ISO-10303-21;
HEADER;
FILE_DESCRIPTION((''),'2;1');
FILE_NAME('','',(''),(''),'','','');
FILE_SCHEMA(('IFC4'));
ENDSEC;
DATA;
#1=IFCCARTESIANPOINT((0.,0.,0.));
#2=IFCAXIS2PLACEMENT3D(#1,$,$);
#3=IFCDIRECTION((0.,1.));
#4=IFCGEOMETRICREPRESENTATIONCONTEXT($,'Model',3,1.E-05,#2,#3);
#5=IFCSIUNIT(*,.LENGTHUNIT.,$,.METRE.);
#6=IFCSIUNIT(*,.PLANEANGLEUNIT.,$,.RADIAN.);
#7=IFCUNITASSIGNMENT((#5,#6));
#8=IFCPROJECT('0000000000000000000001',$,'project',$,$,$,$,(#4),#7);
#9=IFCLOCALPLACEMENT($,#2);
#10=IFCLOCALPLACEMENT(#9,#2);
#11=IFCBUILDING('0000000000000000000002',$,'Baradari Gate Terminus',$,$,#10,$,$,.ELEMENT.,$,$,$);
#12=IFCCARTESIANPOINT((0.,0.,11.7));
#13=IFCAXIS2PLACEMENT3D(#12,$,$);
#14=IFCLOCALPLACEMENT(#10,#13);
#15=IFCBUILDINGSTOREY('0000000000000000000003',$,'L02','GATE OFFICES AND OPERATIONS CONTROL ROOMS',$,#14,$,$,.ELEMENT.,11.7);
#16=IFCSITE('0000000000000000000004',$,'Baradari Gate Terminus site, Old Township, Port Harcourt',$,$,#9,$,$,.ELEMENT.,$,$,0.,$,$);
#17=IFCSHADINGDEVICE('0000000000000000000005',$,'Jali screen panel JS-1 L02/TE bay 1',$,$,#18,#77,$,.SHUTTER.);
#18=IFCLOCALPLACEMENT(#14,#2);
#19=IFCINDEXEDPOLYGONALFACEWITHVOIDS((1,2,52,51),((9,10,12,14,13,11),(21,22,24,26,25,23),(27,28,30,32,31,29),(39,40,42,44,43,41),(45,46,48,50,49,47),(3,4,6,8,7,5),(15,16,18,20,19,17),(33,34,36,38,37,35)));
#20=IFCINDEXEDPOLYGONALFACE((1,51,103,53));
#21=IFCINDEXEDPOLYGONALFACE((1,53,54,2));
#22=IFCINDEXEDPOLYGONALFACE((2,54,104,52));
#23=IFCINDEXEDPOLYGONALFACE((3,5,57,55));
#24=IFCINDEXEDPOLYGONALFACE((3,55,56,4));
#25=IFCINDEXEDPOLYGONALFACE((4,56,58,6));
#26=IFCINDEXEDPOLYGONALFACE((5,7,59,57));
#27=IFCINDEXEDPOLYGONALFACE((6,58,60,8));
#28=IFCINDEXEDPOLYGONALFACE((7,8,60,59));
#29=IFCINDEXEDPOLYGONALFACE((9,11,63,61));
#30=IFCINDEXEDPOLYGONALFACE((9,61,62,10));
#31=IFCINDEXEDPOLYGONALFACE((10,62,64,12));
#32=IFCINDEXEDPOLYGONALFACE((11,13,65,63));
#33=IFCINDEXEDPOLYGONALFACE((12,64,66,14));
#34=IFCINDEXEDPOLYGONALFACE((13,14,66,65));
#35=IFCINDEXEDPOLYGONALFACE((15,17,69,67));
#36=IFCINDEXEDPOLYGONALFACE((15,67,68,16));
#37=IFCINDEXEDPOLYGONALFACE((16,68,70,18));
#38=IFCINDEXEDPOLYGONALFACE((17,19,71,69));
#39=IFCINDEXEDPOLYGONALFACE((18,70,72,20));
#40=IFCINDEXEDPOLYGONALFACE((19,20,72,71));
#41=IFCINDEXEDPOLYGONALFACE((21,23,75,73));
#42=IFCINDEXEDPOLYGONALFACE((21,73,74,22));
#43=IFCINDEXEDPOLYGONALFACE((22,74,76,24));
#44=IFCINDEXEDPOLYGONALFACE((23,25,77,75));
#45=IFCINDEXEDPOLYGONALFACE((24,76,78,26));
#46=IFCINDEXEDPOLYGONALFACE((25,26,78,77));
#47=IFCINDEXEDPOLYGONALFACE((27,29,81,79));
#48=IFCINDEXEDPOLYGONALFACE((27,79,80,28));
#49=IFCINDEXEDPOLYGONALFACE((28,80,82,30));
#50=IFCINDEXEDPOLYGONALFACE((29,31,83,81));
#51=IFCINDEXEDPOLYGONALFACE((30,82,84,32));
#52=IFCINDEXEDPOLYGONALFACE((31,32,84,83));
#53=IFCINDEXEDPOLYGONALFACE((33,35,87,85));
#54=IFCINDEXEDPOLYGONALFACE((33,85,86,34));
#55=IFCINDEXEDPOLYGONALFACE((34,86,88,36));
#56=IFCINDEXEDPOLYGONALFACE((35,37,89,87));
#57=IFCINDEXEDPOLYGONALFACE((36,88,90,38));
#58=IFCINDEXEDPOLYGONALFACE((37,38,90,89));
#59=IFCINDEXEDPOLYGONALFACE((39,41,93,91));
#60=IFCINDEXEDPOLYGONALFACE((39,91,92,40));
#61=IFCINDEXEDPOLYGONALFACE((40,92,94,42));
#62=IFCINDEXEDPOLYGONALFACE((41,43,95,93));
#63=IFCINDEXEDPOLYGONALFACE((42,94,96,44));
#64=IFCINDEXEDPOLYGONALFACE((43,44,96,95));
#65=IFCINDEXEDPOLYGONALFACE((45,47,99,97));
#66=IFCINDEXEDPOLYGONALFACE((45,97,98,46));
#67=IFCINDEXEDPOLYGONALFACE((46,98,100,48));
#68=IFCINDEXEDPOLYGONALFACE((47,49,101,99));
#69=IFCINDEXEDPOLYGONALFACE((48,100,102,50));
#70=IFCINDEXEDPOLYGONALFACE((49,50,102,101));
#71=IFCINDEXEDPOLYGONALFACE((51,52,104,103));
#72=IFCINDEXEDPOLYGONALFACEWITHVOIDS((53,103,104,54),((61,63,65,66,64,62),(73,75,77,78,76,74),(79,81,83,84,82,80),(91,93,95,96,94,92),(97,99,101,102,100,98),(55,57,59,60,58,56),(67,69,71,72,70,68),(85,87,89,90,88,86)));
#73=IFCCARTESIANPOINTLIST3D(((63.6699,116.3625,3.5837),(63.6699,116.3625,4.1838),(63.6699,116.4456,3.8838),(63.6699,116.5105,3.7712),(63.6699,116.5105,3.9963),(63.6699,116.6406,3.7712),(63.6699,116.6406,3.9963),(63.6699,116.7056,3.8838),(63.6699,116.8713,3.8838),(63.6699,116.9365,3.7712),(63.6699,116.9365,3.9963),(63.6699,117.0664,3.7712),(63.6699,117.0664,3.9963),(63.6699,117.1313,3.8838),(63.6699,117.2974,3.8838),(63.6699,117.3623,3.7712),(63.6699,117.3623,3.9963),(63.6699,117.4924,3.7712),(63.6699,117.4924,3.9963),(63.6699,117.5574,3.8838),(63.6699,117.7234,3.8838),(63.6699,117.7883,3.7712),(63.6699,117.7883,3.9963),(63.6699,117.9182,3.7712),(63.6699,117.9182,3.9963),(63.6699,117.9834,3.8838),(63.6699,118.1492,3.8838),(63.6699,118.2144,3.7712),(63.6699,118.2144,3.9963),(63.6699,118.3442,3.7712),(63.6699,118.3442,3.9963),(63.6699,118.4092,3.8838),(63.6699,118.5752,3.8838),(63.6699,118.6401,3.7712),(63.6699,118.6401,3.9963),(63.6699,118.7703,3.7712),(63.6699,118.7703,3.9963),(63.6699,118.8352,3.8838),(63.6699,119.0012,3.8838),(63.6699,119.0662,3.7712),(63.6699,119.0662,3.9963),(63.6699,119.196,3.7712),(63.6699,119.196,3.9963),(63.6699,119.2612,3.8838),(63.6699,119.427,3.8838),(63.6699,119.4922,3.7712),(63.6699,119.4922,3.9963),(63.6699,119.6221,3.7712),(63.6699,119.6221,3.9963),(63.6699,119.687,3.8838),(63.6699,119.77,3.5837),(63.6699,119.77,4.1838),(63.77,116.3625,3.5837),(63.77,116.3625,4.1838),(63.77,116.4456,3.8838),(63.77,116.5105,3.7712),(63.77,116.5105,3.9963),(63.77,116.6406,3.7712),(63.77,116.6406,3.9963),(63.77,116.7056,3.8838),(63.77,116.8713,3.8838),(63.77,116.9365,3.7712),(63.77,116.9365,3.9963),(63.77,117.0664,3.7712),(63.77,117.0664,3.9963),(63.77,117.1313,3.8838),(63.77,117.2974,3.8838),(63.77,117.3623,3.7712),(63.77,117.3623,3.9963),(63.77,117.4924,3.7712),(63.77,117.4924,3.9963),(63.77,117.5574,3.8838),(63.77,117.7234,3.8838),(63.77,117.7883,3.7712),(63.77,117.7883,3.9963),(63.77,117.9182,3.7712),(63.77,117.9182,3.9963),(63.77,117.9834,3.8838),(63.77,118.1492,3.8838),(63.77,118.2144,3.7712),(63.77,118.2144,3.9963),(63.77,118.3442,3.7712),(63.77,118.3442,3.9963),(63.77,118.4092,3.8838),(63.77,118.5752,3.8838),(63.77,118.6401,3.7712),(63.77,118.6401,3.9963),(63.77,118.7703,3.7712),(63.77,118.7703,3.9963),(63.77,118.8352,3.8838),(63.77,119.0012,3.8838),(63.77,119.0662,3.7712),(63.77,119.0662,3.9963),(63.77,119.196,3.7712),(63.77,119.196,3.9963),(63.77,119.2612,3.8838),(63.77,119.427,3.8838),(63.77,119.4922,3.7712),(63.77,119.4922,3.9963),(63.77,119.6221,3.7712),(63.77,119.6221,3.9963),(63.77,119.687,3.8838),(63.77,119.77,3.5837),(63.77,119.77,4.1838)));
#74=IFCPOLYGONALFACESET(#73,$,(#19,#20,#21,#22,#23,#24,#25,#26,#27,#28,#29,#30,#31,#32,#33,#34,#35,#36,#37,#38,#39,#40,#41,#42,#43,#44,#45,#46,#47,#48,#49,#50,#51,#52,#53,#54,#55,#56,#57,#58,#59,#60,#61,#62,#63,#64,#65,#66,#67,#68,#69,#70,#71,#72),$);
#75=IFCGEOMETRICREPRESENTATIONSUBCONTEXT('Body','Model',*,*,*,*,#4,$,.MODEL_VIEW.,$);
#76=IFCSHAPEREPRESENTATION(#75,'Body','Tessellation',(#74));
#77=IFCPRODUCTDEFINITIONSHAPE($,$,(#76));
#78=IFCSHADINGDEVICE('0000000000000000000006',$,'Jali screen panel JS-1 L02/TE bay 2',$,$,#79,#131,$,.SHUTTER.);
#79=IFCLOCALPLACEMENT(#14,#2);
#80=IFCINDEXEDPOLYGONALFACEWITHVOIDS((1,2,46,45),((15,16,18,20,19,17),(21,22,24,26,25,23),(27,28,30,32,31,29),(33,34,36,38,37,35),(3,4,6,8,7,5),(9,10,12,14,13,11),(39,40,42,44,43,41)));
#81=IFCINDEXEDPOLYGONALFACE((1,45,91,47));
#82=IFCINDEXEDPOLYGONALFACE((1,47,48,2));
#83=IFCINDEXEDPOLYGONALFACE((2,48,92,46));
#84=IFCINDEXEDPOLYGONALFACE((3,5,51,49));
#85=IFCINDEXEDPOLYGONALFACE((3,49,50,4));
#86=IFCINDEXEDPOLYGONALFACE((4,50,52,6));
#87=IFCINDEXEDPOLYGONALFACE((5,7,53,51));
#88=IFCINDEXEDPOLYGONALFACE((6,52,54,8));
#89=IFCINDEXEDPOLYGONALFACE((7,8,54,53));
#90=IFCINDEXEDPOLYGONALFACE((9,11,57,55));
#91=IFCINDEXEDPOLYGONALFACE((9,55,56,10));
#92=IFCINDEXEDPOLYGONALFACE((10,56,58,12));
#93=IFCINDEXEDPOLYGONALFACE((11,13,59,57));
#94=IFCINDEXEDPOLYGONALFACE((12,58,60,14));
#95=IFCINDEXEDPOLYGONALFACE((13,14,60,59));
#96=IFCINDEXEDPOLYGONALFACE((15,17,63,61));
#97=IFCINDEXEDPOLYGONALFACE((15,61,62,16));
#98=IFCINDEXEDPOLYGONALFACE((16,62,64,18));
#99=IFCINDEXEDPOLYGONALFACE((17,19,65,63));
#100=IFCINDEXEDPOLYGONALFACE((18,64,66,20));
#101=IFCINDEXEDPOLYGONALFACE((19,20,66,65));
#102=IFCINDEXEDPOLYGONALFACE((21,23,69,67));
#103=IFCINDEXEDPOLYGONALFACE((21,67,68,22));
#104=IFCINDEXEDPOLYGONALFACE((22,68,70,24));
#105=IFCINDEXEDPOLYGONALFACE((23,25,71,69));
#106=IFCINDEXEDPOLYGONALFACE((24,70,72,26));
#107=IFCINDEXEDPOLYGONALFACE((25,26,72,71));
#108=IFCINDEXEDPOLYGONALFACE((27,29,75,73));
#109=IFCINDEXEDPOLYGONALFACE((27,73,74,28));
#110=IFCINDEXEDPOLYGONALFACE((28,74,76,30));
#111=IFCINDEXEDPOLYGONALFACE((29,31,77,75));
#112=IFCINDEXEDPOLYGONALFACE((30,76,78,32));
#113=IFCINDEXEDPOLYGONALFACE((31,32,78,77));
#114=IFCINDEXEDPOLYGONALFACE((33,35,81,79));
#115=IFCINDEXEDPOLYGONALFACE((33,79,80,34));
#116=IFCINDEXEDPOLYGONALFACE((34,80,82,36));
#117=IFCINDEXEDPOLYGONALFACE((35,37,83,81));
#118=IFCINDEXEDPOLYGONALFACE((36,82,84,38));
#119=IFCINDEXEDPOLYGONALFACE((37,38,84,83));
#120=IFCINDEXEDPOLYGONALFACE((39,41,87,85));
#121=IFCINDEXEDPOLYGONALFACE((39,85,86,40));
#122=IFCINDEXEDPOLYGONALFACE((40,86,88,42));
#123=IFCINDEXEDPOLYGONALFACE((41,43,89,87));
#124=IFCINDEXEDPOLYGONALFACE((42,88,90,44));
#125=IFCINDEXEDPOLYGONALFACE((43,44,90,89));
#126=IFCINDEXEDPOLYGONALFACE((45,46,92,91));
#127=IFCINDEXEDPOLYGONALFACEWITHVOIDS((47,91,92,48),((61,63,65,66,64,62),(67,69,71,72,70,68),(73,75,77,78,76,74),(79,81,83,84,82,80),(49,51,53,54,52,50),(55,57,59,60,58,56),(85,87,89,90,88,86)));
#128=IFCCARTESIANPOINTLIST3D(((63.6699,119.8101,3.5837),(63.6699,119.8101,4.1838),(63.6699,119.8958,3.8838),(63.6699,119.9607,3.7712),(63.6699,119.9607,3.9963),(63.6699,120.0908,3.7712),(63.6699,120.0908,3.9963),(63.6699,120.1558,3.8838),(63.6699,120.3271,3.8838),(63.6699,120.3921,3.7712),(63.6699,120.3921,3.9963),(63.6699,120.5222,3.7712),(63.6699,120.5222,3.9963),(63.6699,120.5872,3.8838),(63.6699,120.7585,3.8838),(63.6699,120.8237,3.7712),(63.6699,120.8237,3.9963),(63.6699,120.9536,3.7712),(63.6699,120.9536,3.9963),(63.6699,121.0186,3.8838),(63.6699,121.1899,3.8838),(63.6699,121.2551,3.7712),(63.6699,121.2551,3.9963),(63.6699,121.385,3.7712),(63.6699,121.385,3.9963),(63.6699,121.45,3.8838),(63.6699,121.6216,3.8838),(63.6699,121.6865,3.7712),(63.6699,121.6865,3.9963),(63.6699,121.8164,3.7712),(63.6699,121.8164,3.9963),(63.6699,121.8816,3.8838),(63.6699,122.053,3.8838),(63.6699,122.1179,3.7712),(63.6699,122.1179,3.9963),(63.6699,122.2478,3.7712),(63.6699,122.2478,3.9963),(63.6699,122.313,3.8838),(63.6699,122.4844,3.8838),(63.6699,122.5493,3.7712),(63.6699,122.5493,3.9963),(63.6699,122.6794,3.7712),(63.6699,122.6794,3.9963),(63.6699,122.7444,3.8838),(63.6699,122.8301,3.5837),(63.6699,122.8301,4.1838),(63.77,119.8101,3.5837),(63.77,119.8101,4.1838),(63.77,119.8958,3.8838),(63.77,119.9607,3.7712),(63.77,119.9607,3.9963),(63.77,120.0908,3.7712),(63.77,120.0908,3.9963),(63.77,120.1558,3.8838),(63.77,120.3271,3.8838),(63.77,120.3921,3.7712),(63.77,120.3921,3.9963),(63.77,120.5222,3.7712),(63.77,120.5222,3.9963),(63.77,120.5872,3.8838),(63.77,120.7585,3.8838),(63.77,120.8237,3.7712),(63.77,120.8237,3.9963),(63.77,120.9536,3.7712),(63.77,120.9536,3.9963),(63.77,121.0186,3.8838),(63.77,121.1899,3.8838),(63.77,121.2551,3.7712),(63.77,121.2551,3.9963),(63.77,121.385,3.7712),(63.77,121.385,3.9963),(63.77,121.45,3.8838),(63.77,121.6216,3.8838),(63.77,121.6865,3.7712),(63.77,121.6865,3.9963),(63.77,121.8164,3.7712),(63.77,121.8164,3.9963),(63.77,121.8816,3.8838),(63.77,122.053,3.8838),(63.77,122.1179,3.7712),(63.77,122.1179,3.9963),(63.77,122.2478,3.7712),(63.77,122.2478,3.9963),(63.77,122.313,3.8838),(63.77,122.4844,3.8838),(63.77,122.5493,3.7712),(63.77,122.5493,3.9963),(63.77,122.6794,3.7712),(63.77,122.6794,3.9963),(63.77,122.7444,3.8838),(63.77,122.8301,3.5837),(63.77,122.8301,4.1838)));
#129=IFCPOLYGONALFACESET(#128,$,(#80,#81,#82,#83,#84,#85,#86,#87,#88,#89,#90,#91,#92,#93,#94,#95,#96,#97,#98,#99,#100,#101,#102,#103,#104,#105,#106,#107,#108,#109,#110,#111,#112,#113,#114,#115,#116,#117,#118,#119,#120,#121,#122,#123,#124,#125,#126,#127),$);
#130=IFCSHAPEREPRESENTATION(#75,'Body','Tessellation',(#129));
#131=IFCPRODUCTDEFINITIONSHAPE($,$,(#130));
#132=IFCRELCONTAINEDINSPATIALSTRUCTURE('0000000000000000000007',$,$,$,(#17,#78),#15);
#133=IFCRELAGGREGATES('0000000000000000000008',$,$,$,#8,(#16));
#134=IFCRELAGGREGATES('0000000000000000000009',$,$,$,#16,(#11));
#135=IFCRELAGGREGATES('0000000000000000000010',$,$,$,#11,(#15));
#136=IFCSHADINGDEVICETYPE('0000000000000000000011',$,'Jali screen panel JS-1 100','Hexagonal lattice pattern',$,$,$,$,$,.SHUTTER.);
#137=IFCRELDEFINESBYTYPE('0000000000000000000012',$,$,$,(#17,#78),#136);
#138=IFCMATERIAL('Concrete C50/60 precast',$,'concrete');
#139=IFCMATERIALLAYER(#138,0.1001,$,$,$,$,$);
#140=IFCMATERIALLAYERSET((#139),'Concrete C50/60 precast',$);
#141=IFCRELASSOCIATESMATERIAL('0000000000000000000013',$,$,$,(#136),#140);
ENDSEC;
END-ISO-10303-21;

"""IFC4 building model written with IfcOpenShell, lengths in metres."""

from ifc_helpers import new_model, si_unit, direction, frame, origin, place, context, subcontext, project, spatial, polyline, outline, extrude, material, layer, layer_set, type_object, element, save


model = new_model("IFC4")

# Units and contexts
model_context = context("Model", 3, precision=1e-05, world=origin(), true_north=direction((0.0, 1.0)))
body_context = subcontext(model_context, "Body", "Model", "MODEL_VIEW")
ifc_project = project(units=[si_unit("LENGTHUNIT", "METRE"), si_unit("PLANEANGLEUNIT", "RADIAN")], contexts=[model_context])

# Site, building, storey
site_placement = place(None, origin())
site = spatial("IfcSite", under=ifc_project, at=site_placement, Name="Baradari Gate Terminus site, Old Township, Port Harcourt", CompositionType="ELEMENT", RefElevation=0.0)
building_placement = place(site_placement, origin())
building = spatial("IfcBuilding", under=site, at=building_placement, Name="Baradari Gate Terminus", CompositionType="ELEMENT")
storey_placement = place(building_placement, frame((0.0, 0.0, 11.7)))
storey = spatial("IfcBuildingStorey", under=building, at=storey_placement, Name="L02", Description="GATE OFFICES AND OPERATIONS CONTROL ROOMS", CompositionType="ELEMENT", Elevation=11.7)

# Shading devices
ifc_material_1 = material(Name="Concrete C50/60 precast", Category="concrete")
ifc_layer_1 = layer(ifc_material_1, 0.1001)
ifc_layer_set_1 = layer_set([ifc_layer_1], Name="Concrete C50/60 precast")
shading_device_type_1 = type_object("IfcShadingDeviceType", Name="Jali screen panel JS-1 100", Description="Hexagonal lattice pattern", PredefinedType="SHUTTER", material=ifc_layer_set_1)
shading_device_1_placement = place(storey_placement, frame((63.72, 116.3625, 3.5837), z_axis=(0.0, 0.0, 1.0), x_axis=(0.0, 1.0, 0.0)))
element("IfcShadingDevice", 1, at=shading_device_1_placement, inside=storey, type_object=shading_device_type_1, Name="Jali screen panel JS-1 L02/TE bay 1", PredefinedType="SHUTTER", context=body_context, shape_type="SweptSolid", body=[
    extrude(outline(polyline([(0.0, 0.0), (3.4075, 0.0), (3.4075, 0.6001), (0.0, 0.6001), (0.0, 0.0)]), holes=[polyline([(0.343, 0.3), (0.2781, 0.1875), (0.1479, 0.1875), (0.083, 0.3), (0.1479, 0.4126), (0.2781, 0.4126), (0.343, 0.3)]), polyline([(0.7688, 0.3), (0.7039, 0.1875), (0.574, 0.1875), (0.5088, 0.3), (0.574, 0.4126), (0.7039, 0.4126), (0.7688, 0.3)]), polyline([(1.1948, 0.3), (1.1299, 0.1875), (0.9998, 0.1875), (0.9348, 0.3), (0.9998, 0.4126), (1.1299, 0.4126), (1.1948, 0.3)]), polyline([(1.6208, 0.3), (1.5557, 0.1875), (1.4258, 0.1875), (1.3608, 0.3), (1.4258, 0.4126), (1.5557, 0.4126), (1.6208, 0.3)]), polyline([(2.0466, 0.3), (1.9817, 0.1875), (1.8518, 0.1875), (1.7866, 0.3), (1.8518, 0.4126), (1.9817, 0.4126), (2.0466, 0.3)]), polyline([(2.4727, 0.3), (2.4077, 0.1875), (2.2776, 0.1875), (2.2126, 0.3), (2.2776, 0.4126), (2.4077, 0.4126), (2.4727, 0.3)]), polyline([(2.8987, 0.3), (2.8335, 0.1875), (2.7036, 0.1875), (2.6387, 0.3), (2.7036, 0.4126), (2.8335, 0.4126), (2.8987, 0.3)]), polyline([(3.3245, 0.3), (3.2595, 0.1875), (3.1296, 0.1875), (3.0645, 0.3), (3.1296, 0.4126), (3.2595, 0.4126), (3.3245, 0.3)])]), frame((0.0, 0.05, 0.0), z_axis=(0.0, -1.0, 0.0), x_axis=(1.0, 0.0, 0.0)), (0.0, 0.0, 1.0), 0.1001),
])
shading_device_2_placement = place(storey_placement, frame((63.72, 119.8101, 3.5837), z_axis=(0.0, 0.0, 1.0), x_axis=(0.0, 1.0, 0.0)))
element("IfcShadingDevice", 2, at=shading_device_2_placement, inside=storey, type_object=shading_device_type_1, Name="Jali screen panel JS-1 L02/TE bay 2", PredefinedType="SHUTTER", context=body_context, shape_type="SweptSolid", body=[
    extrude(outline(polyline([(0.0, 0.0), (3.02, 0.0), (3.02, 0.6001), (0.0, 0.6001), (0.0, 0.0)]), holes=[polyline([(0.3457, 0.3), (0.2808, 0.1875), (0.1506, 0.1875), (0.0857, 0.3), (0.1506, 0.4126), (0.2808, 0.4126), (0.3457, 0.3)]), polyline([(0.7771, 0.3), (0.7122, 0.1875), (0.582, 0.1875), (0.5171, 0.3), (0.582, 0.4126), (0.7122, 0.4126), (0.7771, 0.3)]), polyline([(1.2085, 0.3), (1.1436, 0.1875), (1.0137, 0.1875), (0.9485, 0.3), (1.0137, 0.4126), (1.1436, 0.4126), (1.2085, 0.3)]), polyline([(1.6399, 0.3), (1.575, 0.1875), (1.4451, 0.1875), (1.3799, 0.3), (1.4451, 0.4126), (1.575, 0.4126), (1.6399, 0.3)]), polyline([(2.0715, 0.3), (2.0063, 0.1875), (1.8765, 0.1875), (1.8115, 0.3), (1.8765, 0.4126), (2.0063, 0.4126), (2.0715, 0.3)]), polyline([(2.5029, 0.3), (2.4377, 0.1875), (2.3079, 0.1875), (2.2429, 0.3), (2.3079, 0.4126), (2.4377, 0.4126), (2.5029, 0.3)]), polyline([(2.9343, 0.3), (2.8694, 0.1875), (2.7393, 0.1875), (2.6743, 0.3), (2.7393, 0.4126), (2.8694, 0.4126), (2.9343, 0.3)])]), frame((0.0, 0.05, 0.0), z_axis=(0.0, -1.0, 0.0), x_axis=(1.0, 0.0, 0.0)), (0.0, 0.0, 1.0), 0.1001),
])

save(model, "model.ifc")
